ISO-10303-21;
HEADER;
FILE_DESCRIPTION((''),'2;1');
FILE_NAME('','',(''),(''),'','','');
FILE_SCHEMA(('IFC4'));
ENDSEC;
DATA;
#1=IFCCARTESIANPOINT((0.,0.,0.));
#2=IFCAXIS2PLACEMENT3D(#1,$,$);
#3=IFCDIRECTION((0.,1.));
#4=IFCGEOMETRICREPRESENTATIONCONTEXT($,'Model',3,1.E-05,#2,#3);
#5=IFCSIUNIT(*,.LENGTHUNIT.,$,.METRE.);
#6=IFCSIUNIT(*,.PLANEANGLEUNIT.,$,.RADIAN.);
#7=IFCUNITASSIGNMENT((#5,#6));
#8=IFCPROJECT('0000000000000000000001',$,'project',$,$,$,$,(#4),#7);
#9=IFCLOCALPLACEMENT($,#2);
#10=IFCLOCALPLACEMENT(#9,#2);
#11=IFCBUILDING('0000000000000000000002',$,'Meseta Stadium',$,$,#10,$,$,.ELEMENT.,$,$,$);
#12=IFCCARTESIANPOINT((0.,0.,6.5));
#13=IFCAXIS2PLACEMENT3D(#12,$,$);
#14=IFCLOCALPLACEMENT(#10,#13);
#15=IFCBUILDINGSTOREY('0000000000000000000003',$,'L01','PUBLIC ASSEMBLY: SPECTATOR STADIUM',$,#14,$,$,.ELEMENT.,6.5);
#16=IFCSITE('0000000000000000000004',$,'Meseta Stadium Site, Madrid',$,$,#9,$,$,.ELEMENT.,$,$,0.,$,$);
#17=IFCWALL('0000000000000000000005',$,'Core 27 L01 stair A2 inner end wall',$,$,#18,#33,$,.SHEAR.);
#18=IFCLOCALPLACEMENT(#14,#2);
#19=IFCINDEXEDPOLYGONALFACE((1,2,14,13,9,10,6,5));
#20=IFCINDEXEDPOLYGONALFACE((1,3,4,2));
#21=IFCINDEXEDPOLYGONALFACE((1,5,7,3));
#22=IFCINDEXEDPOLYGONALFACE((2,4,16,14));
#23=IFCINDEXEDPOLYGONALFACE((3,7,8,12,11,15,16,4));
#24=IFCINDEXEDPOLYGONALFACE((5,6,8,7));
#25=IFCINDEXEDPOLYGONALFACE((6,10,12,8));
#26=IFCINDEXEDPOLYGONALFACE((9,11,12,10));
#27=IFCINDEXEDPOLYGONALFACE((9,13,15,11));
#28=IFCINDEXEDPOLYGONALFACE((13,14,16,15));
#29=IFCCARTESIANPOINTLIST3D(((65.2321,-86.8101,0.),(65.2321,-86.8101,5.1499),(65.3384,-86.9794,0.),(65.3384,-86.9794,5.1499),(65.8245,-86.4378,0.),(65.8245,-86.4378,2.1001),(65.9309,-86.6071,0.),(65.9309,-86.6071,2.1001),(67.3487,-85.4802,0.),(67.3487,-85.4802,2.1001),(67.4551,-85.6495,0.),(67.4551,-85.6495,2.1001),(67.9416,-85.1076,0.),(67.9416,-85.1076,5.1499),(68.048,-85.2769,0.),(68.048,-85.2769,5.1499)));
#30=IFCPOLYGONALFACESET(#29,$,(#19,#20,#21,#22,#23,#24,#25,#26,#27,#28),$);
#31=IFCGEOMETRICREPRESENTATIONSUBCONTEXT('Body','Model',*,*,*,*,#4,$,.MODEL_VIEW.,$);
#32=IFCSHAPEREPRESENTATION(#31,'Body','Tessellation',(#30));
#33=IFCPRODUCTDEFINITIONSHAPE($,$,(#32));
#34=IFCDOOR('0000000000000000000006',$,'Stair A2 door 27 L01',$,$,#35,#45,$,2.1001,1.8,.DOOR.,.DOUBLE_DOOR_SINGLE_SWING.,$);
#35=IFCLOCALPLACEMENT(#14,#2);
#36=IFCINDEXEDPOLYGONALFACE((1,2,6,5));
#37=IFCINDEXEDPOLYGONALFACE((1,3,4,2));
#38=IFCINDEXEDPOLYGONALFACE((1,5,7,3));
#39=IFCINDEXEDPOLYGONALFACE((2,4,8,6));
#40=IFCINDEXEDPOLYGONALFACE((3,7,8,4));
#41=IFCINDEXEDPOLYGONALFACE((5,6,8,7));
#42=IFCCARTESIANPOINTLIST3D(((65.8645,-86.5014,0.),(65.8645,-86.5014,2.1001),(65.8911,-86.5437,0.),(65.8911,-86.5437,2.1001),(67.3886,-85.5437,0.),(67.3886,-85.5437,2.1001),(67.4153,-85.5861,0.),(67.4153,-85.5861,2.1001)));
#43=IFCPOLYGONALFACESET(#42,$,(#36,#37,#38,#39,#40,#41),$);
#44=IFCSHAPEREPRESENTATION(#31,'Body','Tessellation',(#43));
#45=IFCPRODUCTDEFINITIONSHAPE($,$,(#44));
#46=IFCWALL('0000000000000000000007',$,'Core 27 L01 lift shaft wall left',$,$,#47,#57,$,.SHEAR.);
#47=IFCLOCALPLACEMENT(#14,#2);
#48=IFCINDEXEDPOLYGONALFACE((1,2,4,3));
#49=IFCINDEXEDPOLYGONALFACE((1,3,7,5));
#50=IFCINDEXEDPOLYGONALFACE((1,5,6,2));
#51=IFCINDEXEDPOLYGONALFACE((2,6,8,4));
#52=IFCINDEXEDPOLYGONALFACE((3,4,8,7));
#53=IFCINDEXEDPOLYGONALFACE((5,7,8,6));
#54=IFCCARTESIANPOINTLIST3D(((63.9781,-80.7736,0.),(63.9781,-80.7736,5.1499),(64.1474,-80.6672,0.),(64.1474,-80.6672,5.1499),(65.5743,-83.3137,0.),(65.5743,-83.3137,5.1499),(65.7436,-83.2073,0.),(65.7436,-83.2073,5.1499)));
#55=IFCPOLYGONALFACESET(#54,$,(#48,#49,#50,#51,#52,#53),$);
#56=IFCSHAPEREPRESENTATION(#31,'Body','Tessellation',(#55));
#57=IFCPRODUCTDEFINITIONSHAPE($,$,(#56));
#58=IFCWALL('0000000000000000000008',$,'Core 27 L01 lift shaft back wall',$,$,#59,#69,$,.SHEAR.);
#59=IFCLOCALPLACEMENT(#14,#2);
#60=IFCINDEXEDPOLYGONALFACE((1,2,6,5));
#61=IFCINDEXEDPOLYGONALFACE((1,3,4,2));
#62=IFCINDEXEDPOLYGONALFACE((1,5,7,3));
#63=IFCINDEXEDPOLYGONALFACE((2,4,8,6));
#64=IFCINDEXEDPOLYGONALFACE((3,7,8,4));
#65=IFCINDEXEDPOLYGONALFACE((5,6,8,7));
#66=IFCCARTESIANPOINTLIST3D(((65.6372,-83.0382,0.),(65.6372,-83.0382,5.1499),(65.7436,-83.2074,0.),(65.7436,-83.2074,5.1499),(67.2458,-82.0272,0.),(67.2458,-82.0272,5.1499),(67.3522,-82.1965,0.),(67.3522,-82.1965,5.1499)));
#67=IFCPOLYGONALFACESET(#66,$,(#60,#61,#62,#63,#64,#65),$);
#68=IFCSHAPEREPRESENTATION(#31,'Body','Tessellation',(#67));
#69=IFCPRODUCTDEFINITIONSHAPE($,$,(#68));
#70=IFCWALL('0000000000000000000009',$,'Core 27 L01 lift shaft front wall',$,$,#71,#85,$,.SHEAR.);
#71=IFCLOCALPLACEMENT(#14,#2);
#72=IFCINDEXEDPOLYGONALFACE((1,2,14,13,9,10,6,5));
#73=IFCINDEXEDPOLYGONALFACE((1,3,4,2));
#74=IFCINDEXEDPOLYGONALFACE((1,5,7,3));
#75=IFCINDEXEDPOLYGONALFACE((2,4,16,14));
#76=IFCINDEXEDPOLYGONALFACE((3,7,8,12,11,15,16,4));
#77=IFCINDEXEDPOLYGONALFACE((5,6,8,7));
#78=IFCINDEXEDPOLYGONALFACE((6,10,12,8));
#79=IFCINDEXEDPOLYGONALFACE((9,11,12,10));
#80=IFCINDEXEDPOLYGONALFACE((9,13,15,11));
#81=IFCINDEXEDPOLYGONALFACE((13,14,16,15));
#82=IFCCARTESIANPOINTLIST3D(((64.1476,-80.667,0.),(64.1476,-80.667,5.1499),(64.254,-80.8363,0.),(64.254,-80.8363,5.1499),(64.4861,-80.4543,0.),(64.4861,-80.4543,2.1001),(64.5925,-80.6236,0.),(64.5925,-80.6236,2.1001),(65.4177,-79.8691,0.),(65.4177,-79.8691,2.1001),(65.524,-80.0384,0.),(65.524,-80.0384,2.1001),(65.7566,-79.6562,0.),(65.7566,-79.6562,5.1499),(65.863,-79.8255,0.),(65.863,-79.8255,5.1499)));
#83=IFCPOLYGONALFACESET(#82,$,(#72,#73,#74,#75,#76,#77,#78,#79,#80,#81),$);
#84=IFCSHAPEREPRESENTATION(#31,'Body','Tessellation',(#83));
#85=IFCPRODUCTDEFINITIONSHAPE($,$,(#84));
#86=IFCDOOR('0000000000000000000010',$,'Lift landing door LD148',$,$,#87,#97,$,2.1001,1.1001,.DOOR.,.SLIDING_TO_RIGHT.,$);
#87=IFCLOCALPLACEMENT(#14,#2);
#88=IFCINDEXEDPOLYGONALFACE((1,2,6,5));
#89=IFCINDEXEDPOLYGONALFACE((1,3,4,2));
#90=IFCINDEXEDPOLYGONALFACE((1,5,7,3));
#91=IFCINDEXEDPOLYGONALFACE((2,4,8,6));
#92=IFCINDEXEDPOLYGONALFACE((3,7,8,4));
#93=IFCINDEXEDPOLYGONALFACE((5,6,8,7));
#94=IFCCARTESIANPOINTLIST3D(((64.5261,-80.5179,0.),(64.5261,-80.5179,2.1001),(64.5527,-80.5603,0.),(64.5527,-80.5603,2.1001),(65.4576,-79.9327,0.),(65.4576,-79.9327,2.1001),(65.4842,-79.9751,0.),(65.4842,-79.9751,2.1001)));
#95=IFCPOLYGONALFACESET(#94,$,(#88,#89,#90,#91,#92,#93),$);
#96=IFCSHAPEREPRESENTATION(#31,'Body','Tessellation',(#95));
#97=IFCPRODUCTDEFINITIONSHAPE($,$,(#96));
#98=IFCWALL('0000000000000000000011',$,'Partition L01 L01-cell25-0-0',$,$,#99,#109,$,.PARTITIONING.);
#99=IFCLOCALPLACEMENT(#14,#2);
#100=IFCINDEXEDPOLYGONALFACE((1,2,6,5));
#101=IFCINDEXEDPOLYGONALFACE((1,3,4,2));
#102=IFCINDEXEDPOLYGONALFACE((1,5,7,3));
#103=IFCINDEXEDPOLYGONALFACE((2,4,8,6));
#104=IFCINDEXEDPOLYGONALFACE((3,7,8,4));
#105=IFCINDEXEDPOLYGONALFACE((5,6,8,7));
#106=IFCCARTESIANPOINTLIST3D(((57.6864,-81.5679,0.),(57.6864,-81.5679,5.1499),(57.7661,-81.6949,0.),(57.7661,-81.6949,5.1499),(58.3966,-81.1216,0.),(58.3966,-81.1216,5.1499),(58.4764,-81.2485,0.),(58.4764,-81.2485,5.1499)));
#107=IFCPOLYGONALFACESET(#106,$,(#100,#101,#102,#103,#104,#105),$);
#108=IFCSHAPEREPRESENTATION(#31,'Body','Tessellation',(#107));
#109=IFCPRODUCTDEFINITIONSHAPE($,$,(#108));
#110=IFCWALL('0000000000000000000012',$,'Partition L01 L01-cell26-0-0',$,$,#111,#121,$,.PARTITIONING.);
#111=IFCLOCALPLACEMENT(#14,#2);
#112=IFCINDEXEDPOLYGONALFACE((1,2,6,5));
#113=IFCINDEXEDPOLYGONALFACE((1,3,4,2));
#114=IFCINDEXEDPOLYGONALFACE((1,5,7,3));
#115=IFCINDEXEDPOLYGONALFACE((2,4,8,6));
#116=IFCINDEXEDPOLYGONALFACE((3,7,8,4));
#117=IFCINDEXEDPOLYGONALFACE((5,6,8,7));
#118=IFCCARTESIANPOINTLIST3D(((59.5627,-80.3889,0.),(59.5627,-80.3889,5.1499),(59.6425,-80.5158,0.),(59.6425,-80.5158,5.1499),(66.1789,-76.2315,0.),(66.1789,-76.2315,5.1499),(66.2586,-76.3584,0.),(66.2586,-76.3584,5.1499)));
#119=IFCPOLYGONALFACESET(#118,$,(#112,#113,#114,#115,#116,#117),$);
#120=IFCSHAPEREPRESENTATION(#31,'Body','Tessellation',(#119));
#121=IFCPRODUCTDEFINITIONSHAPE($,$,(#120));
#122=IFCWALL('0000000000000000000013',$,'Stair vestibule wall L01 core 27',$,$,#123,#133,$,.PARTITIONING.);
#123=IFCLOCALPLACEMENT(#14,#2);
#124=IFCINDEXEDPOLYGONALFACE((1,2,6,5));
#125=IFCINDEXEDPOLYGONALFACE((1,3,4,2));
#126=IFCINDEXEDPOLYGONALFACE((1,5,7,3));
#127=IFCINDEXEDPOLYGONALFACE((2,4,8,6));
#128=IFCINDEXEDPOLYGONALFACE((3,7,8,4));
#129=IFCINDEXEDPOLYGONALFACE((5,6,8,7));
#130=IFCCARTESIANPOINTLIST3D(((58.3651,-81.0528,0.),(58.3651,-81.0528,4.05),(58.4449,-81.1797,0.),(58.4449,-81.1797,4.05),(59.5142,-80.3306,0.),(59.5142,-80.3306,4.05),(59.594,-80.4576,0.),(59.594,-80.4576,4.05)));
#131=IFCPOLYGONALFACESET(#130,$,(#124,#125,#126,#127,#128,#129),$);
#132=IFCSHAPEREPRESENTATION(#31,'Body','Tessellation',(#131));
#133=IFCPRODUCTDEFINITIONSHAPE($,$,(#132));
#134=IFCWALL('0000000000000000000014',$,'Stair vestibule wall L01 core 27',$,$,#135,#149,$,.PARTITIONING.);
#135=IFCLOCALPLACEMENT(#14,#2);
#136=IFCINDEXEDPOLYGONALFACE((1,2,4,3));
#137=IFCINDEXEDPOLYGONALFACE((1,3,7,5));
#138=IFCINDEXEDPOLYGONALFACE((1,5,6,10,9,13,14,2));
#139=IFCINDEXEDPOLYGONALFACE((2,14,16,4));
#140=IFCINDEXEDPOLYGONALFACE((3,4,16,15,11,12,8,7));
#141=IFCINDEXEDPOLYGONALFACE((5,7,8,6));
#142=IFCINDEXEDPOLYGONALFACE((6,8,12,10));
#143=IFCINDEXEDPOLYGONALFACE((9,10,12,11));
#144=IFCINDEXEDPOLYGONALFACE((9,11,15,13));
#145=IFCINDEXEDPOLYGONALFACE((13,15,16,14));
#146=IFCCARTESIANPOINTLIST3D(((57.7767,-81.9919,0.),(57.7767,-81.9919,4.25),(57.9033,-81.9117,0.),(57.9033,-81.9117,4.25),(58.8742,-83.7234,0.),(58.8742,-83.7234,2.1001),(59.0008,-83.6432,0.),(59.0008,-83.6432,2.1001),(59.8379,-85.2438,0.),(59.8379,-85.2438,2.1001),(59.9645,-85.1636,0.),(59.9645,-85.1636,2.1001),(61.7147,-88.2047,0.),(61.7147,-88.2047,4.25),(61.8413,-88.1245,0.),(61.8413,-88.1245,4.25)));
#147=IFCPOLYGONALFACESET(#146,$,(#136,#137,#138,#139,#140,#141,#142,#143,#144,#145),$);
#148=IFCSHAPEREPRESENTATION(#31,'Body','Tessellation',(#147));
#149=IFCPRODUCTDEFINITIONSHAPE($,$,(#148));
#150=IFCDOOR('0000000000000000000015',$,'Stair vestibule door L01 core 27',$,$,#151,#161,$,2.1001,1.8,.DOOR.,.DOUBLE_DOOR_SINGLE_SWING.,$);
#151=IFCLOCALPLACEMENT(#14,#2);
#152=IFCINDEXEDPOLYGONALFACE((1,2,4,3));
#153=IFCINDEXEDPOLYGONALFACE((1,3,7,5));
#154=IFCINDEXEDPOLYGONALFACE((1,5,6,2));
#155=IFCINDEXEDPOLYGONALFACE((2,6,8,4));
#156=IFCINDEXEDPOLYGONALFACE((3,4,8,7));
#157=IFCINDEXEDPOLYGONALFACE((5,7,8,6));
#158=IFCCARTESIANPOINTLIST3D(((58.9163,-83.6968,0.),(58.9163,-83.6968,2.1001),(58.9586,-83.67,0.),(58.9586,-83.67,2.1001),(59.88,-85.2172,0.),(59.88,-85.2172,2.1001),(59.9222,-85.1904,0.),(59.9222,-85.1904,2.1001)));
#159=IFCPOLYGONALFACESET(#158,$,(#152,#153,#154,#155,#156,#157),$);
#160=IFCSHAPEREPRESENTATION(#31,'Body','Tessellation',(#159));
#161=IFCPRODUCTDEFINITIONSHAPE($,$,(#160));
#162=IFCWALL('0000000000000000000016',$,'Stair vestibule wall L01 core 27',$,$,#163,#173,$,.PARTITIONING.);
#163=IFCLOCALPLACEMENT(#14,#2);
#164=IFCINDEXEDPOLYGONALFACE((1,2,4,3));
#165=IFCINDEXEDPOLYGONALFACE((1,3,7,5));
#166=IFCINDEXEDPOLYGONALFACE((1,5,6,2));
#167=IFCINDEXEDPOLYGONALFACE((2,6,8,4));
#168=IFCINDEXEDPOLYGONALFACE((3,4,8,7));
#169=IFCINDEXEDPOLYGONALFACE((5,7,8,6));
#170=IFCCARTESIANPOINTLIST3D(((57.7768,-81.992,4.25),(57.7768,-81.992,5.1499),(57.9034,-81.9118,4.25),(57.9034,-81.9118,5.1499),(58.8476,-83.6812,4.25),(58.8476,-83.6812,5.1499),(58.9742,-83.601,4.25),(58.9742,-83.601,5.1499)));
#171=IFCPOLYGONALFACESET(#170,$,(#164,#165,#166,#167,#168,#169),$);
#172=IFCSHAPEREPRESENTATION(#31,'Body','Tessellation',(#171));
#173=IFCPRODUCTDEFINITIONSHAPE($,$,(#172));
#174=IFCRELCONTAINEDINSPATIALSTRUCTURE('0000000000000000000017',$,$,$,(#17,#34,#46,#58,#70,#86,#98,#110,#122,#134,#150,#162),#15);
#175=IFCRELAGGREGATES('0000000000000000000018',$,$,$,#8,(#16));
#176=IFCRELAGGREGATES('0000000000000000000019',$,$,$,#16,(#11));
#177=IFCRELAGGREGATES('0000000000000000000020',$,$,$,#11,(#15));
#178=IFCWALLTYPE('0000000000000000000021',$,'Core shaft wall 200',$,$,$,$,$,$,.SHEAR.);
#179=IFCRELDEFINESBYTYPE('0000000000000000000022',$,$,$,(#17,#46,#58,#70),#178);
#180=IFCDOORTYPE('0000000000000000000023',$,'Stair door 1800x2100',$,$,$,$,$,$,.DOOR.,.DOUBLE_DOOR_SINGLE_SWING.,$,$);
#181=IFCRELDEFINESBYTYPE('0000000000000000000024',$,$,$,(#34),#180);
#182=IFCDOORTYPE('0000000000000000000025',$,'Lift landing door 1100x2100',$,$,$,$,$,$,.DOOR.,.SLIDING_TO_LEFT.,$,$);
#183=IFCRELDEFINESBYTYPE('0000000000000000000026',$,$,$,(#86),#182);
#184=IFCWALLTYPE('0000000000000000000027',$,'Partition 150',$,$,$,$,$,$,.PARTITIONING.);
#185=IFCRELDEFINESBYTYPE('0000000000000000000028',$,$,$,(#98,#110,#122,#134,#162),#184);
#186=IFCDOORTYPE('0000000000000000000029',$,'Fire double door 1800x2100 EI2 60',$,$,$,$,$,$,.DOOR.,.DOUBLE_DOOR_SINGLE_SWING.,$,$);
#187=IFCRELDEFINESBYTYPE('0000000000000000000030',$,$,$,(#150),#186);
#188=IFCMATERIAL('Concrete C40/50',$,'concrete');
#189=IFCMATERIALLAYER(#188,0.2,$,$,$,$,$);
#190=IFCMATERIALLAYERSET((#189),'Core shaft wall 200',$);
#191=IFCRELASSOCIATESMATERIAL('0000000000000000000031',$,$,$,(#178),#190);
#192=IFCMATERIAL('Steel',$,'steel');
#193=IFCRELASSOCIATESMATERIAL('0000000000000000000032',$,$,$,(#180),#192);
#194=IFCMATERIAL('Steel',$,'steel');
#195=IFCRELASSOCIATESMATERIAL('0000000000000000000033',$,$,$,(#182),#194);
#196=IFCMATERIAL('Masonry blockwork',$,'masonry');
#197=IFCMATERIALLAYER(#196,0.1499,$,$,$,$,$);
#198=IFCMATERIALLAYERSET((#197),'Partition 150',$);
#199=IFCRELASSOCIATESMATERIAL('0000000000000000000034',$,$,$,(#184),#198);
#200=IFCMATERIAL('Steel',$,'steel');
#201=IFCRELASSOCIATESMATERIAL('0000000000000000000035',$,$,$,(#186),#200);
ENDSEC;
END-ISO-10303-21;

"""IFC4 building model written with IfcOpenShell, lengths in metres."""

from ifc_helpers import new_model, si_unit, direction, frame, frame_2d, origin, place, context, subcontext, project, spatial, rectangle, extrude, material, layer, layer_set, type_object, element, fill, save


model = new_model("IFC4")

# Units and contexts
model_context = context("Model", 3, precision=1e-05, world=origin(), true_north=direction((0.0, 1.0)))
body_context = subcontext(model_context, "Body", "Model", "MODEL_VIEW")
ifc_project = project(units=[si_unit("LENGTHUNIT", "METRE"), si_unit("PLANEANGLEUNIT", "RADIAN")], contexts=[model_context])

# Site, building, storey
site_placement = place(None, origin())
site = spatial("IfcSite", under=ifc_project, at=site_placement, Name="Meseta Stadium Site, Madrid", CompositionType="ELEMENT", RefElevation=0.0)
building_placement = place(site_placement, origin())
building = spatial("IfcBuilding", under=site, at=building_placement, Name="Meseta Stadium", CompositionType="ELEMENT")
storey_placement = place(building_placement, frame((0.0, 0.0, 6.5)))
storey = spatial("IfcBuildingStorey", under=building, at=storey_placement, Name="L01", Description="PUBLIC ASSEMBLY: SPECTATOR STADIUM", CompositionType="ELEMENT", Elevation=6.5)

# Wall, opening, door
ifc_material_1 = material(Name="Concrete C40/50", Category="concrete")
ifc_layer_1 = layer(ifc_material_1, 0.2)
ifc_layer_set_1 = layer_set([ifc_layer_1], Name="Core shaft wall 200")
wall_type_1 = type_object("IfcWallType", Name="Core shaft wall 200", PredefinedType="SHEAR", material=ifc_layer_set_1)
wall_1_placement = place(storey_placement, frame((65.2852, -86.8948, 0.0), z_axis=(0.0, 0.0, 1.0), x_axis=(0.846736, 0.532014, 0.0)))
wall_1 = element("IfcWall", 1, at=wall_1_placement, inside=storey, type_object=wall_type_1, Name="Core 27 L01 stair A2 inner end wall", PredefinedType="SHEAR", context=body_context, shape_type="SweptSolid", body=[
    extrude(rectangle(XDim=3.2, YDim=0.2, at=frame_2d((1.6001, 0.0))), origin(), (0.0, 0.0, 1.0), 5.1499),
])
opening_1_placement = place(wall_1_placement, frame((0.7, 0.0, 0.0)))
opening_1 = element("IfcOpeningElement", 2, at=opening_1_placement, cuts=wall_1, PredefinedType="OPENING", context=body_context, shape_type="SweptSolid", body=[
    extrude(rectangle(XDim=1.8, YDim=2.1001, at=frame_2d((0.8999, 1.05))), frame((0.0, 0.1099, 0.0), z_axis=(0.0, -1.0, 0.0), x_axis=(1.0, 0.0, 0.0)), (0.0, 0.0, 1.0), 0.22),
])
ifc_material_2 = material(Name="Steel", Category="steel")
door_type_1 = type_object("IfcDoorType", Name="Stair door 1800x2100", OperationType="DOUBLE_DOOR_SINGLE_SWING", PredefinedType="DOOR", material=ifc_material_2)
door_1_placement = place(opening_1_placement, origin())
door_1 = element("IfcDoor", 3, at=door_1_placement, inside=storey, type_object=door_type_1, Name="Stair A2 door 27 L01", OperationType="DOUBLE_DOOR_SINGLE_SWING", OverallHeight=2.1001, OverallWidth=1.8, PredefinedType="DOOR", context=body_context, shape_type="SweptSolid", body=[
    extrude(rectangle(XDim=1.8, YDim=2.1001, at=frame_2d((0.8999, 1.05))), frame((0.0, 0.0249, 0.0), z_axis=(0.0, -1.0, 0.0), x_axis=(1.0, 0.0, 0.0)), (0.0, 0.0, 1.0), 0.05),
])
fill(opening_1, door_1)

# Walls
wall_2_placement = place(storey_placement, frame((65.6589, -83.2605, 0.0), z_axis=(0.0, 0.0, 1.0), x_axis=(-0.532075, 0.846697, 0.0)))
element("IfcWall", 4, at=wall_2_placement, inside=storey, type_object=wall_type_1, Name="Core 27 L01 lift shaft wall left", PredefinedType="SHEAR", context=body_context, shape_type="SweptSolid", body=[
    extrude(rectangle(XDim=3.0, YDim=0.2, at=frame_2d((1.5, 0.0))), origin(), (0.0, 0.0, 1.0), 5.1499),
])
wall_3_placement = place(storey_placement, frame((65.6904, -83.1228, 0.0), z_axis=(0.0, 0.0, 1.0), x_axis=(0.846675, 0.532111, 0.0)))
element("IfcWall", 5, at=wall_3_placement, inside=storey, type_object=wall_type_1, Name="Core 27 L01 lift shaft back wall", PredefinedType="SHEAR", context=body_context, shape_type="SweptSolid", body=[
    extrude(rectangle(XDim=1.8999, YDim=0.2, at=frame_2d((0.95, 0.0))), origin(), (0.0, 0.0, 1.0), 5.1499),
])

# Wall, opening, door
wall_4_placement = place(storey_placement, frame((64.2007, -80.7517, 0.0), z_axis=(0.0, 0.0, 1.0), x_axis=(0.846769, 0.531961, 0.0)))
wall_4 = element("IfcWall", 6, at=wall_4_placement, inside=storey, type_object=wall_type_1, Name="Core 27 L01 lift shaft front wall", PredefinedType="SHEAR", context=body_context, shape_type="SweptSolid", body=[
    extrude(rectangle(XDim=1.9001, YDim=0.2, at=frame_2d((0.9502, 0.0))), origin(), (0.0, 0.0, 1.0), 5.1499),
])
opening_2_placement = place(wall_4_placement, frame((0.3999, 0.0, 0.0)))
opening_2 = element("IfcOpeningElement", 7, at=opening_2_placement, cuts=wall_4, PredefinedType="OPENING", context=body_context, shape_type="SweptSolid", body=[
    extrude(rectangle(XDim=1.1001, YDim=2.1001, at=frame_2d((0.55, 1.05))), frame((0.0, 0.1099, 0.0), z_axis=(0.0, -1.0, 0.0), x_axis=(1.0, 0.0, 0.0)), (0.0, 0.0, 1.0), 0.22),
])
ifc_material_3 = material(Name="Steel", Category="steel")
door_type_2 = type_object("IfcDoorType", Name="Lift landing door 1100x2100", OperationType="SLIDING_TO_LEFT", PredefinedType="DOOR", material=ifc_material_3)
door_2_placement = place(opening_2_placement, origin())
door_2 = element("IfcDoor", 8, at=door_2_placement, inside=storey, type_object=door_type_2, Name="Lift landing door LD148", OperationType="SLIDING_TO_RIGHT", OverallHeight=2.1001, OverallWidth=1.1001, PredefinedType="DOOR", context=body_context, shape_type="SweptSolid", body=[
    extrude(rectangle(XDim=1.1001, YDim=2.1001, at=frame_2d((0.55, 1.05))), frame((0.0, 0.0249, 0.0), z_axis=(0.0, -1.0, 0.0), x_axis=(1.0, 0.0, 0.0)), (0.0, 0.0, 1.0), 0.05),
])
fill(opening_2, door_2)

# Walls
ifc_material_4 = material(Name="Masonry blockwork", Category="masonry")
ifc_layer_2 = layer(ifc_material_4, 0.1499)
ifc_layer_set_2 = layer_set([ifc_layer_2], Name="Partition 150")
wall_type_2 = type_object("IfcWallType", Name="Partition 150", PredefinedType="PARTITIONING", material=ifc_layer_set_2)
wall_5_placement = place(storey_placement, frame((58.4365, -81.1851, 0.0), z_axis=(0.0, 0.0, 1.0), x_axis=(-0.846704, -0.532064, 0.0)))
element("IfcWall", 9, at=wall_5_placement, inside=storey, type_object=wall_type_2, Name="Partition L01 L01-cell25-0-0", PredefinedType="PARTITIONING", context=body_context, shape_type="SweptSolid", body=[
    extrude(rectangle(XDim=0.8389, YDim=0.1499, at=frame_2d((0.4194, 0.0))), origin(), (0.0, 0.0, 1.0), 5.1499),
])
wall_6_placement = place(storey_placement, frame((66.2188, -76.2949, 0.0), z_axis=(0.0, 0.0, 1.0), x_axis=(-0.846711, -0.532053, 0.0)))
element("IfcWall", 10, at=wall_6_placement, inside=storey, type_object=wall_type_2, Name="Partition L01 L01-cell26-0-0", PredefinedType="PARTITIONING", context=body_context, shape_type="SweptSolid", body=[
    extrude(rectangle(XDim=7.814, YDim=0.1499, at=frame_2d((3.907, 0.0))), origin(), (0.0, 0.0, 1.0), 5.1499),
])
wall_7_placement = place(storey_placement, frame((59.5542, -80.394, 0.0), z_axis=(0.0, 0.0, 1.0), x_axis=(-0.846692, -0.532083, 0.0)))
element("IfcWall", 11, at=wall_7_placement, inside=storey, type_object=wall_type_2, Name="Stair vestibule wall L01 core 27", PredefinedType="PARTITIONING", context=body_context, shape_type="SweptSolid", body=[
    extrude(rectangle(XDim=1.3572, YDim=0.1499, at=frame_2d((0.6787, 0.0))), origin(), (0.0, 0.0, 1.0), 4.05),
])

# Wall, opening, door
wall_8_placement = place(storey_placement, frame((57.8401, -81.9519, 0.0), z_axis=(0.0, 0.0, 1.0), x_axis=(0.535358, -0.844625, 0.0)))
wall_8 = element("IfcWall", 12, at=wall_8_placement, inside=storey, type_object=wall_type_2, Name="Stair vestibule wall L01 core 27", PredefinedType="PARTITIONING", context=body_context, shape_type="SweptSolid", body=[
    extrude(rectangle(XDim=7.3557, YDim=0.1499, at=frame_2d((3.6777, 0.0))), origin(), (0.0, 0.0, 1.0), 4.25),
])
opening_3_placement = place(wall_8_placement, frame((2.05, 0.0, 0.0)))
opening_3 = element("IfcOpeningElement", 13, at=opening_3_placement, cuts=wall_8, PredefinedType="OPENING", context=body_context, shape_type="SweptSolid", body=[
    extrude(rectangle(XDim=1.8, YDim=2.1001, at=frame_2d((0.8999, 1.05))), frame((0.0, 0.085, 0.0), z_axis=(0.0, -1.0, 0.0), x_axis=(1.0, 0.0, 0.0)), (0.0, 0.0, 1.0), 0.1699),
])
ifc_material_5 = material(Name="Steel", Category="steel")
door_type_3 = type_object("IfcDoorType", Name="Fire double door 1800x2100 EI2 60", OperationType="DOUBLE_DOOR_SINGLE_SWING", PredefinedType="DOOR", material=ifc_material_5)
door_3_placement = place(opening_3_placement, origin())
door_3 = element("IfcDoor", 14, at=door_3_placement, inside=storey, type_object=door_type_3, Name="Stair vestibule door L01 core 27", OperationType="DOUBLE_DOOR_SINGLE_SWING", OverallHeight=2.1001, OverallWidth=1.8, PredefinedType="DOOR", context=body_context, shape_type="SweptSolid", body=[
    extrude(rectangle(XDim=1.8, YDim=2.1001, at=frame_2d((0.8999, 1.05))), frame((0.0, 0.0249, 0.0), z_axis=(0.0, -1.0, 0.0), x_axis=(1.0, 0.0, 0.0)), (0.0, 0.0, 1.0), 0.05),
])
fill(opening_3, door_3)

# Wall
wall_9_placement = place(storey_placement, frame((57.8401, -81.9519, 4.25), z_axis=(0.0, 0.0, 1.0), x_axis=(0.535398, -0.8446, 0.0)))
element("IfcWall", 15, at=wall_9_placement, inside=storey, type_object=wall_type_2, Name="Stair vestibule wall L01 core 27", PredefinedType="PARTITIONING", context=body_context, shape_type="SweptSolid", body=[
    extrude(rectangle(XDim=2.0, YDim=0.1499, at=frame_2d((1.0, 0.0))), origin(), (0.0, 0.0, 1.0), 0.8999),
])

save(model, "model.ifc")
